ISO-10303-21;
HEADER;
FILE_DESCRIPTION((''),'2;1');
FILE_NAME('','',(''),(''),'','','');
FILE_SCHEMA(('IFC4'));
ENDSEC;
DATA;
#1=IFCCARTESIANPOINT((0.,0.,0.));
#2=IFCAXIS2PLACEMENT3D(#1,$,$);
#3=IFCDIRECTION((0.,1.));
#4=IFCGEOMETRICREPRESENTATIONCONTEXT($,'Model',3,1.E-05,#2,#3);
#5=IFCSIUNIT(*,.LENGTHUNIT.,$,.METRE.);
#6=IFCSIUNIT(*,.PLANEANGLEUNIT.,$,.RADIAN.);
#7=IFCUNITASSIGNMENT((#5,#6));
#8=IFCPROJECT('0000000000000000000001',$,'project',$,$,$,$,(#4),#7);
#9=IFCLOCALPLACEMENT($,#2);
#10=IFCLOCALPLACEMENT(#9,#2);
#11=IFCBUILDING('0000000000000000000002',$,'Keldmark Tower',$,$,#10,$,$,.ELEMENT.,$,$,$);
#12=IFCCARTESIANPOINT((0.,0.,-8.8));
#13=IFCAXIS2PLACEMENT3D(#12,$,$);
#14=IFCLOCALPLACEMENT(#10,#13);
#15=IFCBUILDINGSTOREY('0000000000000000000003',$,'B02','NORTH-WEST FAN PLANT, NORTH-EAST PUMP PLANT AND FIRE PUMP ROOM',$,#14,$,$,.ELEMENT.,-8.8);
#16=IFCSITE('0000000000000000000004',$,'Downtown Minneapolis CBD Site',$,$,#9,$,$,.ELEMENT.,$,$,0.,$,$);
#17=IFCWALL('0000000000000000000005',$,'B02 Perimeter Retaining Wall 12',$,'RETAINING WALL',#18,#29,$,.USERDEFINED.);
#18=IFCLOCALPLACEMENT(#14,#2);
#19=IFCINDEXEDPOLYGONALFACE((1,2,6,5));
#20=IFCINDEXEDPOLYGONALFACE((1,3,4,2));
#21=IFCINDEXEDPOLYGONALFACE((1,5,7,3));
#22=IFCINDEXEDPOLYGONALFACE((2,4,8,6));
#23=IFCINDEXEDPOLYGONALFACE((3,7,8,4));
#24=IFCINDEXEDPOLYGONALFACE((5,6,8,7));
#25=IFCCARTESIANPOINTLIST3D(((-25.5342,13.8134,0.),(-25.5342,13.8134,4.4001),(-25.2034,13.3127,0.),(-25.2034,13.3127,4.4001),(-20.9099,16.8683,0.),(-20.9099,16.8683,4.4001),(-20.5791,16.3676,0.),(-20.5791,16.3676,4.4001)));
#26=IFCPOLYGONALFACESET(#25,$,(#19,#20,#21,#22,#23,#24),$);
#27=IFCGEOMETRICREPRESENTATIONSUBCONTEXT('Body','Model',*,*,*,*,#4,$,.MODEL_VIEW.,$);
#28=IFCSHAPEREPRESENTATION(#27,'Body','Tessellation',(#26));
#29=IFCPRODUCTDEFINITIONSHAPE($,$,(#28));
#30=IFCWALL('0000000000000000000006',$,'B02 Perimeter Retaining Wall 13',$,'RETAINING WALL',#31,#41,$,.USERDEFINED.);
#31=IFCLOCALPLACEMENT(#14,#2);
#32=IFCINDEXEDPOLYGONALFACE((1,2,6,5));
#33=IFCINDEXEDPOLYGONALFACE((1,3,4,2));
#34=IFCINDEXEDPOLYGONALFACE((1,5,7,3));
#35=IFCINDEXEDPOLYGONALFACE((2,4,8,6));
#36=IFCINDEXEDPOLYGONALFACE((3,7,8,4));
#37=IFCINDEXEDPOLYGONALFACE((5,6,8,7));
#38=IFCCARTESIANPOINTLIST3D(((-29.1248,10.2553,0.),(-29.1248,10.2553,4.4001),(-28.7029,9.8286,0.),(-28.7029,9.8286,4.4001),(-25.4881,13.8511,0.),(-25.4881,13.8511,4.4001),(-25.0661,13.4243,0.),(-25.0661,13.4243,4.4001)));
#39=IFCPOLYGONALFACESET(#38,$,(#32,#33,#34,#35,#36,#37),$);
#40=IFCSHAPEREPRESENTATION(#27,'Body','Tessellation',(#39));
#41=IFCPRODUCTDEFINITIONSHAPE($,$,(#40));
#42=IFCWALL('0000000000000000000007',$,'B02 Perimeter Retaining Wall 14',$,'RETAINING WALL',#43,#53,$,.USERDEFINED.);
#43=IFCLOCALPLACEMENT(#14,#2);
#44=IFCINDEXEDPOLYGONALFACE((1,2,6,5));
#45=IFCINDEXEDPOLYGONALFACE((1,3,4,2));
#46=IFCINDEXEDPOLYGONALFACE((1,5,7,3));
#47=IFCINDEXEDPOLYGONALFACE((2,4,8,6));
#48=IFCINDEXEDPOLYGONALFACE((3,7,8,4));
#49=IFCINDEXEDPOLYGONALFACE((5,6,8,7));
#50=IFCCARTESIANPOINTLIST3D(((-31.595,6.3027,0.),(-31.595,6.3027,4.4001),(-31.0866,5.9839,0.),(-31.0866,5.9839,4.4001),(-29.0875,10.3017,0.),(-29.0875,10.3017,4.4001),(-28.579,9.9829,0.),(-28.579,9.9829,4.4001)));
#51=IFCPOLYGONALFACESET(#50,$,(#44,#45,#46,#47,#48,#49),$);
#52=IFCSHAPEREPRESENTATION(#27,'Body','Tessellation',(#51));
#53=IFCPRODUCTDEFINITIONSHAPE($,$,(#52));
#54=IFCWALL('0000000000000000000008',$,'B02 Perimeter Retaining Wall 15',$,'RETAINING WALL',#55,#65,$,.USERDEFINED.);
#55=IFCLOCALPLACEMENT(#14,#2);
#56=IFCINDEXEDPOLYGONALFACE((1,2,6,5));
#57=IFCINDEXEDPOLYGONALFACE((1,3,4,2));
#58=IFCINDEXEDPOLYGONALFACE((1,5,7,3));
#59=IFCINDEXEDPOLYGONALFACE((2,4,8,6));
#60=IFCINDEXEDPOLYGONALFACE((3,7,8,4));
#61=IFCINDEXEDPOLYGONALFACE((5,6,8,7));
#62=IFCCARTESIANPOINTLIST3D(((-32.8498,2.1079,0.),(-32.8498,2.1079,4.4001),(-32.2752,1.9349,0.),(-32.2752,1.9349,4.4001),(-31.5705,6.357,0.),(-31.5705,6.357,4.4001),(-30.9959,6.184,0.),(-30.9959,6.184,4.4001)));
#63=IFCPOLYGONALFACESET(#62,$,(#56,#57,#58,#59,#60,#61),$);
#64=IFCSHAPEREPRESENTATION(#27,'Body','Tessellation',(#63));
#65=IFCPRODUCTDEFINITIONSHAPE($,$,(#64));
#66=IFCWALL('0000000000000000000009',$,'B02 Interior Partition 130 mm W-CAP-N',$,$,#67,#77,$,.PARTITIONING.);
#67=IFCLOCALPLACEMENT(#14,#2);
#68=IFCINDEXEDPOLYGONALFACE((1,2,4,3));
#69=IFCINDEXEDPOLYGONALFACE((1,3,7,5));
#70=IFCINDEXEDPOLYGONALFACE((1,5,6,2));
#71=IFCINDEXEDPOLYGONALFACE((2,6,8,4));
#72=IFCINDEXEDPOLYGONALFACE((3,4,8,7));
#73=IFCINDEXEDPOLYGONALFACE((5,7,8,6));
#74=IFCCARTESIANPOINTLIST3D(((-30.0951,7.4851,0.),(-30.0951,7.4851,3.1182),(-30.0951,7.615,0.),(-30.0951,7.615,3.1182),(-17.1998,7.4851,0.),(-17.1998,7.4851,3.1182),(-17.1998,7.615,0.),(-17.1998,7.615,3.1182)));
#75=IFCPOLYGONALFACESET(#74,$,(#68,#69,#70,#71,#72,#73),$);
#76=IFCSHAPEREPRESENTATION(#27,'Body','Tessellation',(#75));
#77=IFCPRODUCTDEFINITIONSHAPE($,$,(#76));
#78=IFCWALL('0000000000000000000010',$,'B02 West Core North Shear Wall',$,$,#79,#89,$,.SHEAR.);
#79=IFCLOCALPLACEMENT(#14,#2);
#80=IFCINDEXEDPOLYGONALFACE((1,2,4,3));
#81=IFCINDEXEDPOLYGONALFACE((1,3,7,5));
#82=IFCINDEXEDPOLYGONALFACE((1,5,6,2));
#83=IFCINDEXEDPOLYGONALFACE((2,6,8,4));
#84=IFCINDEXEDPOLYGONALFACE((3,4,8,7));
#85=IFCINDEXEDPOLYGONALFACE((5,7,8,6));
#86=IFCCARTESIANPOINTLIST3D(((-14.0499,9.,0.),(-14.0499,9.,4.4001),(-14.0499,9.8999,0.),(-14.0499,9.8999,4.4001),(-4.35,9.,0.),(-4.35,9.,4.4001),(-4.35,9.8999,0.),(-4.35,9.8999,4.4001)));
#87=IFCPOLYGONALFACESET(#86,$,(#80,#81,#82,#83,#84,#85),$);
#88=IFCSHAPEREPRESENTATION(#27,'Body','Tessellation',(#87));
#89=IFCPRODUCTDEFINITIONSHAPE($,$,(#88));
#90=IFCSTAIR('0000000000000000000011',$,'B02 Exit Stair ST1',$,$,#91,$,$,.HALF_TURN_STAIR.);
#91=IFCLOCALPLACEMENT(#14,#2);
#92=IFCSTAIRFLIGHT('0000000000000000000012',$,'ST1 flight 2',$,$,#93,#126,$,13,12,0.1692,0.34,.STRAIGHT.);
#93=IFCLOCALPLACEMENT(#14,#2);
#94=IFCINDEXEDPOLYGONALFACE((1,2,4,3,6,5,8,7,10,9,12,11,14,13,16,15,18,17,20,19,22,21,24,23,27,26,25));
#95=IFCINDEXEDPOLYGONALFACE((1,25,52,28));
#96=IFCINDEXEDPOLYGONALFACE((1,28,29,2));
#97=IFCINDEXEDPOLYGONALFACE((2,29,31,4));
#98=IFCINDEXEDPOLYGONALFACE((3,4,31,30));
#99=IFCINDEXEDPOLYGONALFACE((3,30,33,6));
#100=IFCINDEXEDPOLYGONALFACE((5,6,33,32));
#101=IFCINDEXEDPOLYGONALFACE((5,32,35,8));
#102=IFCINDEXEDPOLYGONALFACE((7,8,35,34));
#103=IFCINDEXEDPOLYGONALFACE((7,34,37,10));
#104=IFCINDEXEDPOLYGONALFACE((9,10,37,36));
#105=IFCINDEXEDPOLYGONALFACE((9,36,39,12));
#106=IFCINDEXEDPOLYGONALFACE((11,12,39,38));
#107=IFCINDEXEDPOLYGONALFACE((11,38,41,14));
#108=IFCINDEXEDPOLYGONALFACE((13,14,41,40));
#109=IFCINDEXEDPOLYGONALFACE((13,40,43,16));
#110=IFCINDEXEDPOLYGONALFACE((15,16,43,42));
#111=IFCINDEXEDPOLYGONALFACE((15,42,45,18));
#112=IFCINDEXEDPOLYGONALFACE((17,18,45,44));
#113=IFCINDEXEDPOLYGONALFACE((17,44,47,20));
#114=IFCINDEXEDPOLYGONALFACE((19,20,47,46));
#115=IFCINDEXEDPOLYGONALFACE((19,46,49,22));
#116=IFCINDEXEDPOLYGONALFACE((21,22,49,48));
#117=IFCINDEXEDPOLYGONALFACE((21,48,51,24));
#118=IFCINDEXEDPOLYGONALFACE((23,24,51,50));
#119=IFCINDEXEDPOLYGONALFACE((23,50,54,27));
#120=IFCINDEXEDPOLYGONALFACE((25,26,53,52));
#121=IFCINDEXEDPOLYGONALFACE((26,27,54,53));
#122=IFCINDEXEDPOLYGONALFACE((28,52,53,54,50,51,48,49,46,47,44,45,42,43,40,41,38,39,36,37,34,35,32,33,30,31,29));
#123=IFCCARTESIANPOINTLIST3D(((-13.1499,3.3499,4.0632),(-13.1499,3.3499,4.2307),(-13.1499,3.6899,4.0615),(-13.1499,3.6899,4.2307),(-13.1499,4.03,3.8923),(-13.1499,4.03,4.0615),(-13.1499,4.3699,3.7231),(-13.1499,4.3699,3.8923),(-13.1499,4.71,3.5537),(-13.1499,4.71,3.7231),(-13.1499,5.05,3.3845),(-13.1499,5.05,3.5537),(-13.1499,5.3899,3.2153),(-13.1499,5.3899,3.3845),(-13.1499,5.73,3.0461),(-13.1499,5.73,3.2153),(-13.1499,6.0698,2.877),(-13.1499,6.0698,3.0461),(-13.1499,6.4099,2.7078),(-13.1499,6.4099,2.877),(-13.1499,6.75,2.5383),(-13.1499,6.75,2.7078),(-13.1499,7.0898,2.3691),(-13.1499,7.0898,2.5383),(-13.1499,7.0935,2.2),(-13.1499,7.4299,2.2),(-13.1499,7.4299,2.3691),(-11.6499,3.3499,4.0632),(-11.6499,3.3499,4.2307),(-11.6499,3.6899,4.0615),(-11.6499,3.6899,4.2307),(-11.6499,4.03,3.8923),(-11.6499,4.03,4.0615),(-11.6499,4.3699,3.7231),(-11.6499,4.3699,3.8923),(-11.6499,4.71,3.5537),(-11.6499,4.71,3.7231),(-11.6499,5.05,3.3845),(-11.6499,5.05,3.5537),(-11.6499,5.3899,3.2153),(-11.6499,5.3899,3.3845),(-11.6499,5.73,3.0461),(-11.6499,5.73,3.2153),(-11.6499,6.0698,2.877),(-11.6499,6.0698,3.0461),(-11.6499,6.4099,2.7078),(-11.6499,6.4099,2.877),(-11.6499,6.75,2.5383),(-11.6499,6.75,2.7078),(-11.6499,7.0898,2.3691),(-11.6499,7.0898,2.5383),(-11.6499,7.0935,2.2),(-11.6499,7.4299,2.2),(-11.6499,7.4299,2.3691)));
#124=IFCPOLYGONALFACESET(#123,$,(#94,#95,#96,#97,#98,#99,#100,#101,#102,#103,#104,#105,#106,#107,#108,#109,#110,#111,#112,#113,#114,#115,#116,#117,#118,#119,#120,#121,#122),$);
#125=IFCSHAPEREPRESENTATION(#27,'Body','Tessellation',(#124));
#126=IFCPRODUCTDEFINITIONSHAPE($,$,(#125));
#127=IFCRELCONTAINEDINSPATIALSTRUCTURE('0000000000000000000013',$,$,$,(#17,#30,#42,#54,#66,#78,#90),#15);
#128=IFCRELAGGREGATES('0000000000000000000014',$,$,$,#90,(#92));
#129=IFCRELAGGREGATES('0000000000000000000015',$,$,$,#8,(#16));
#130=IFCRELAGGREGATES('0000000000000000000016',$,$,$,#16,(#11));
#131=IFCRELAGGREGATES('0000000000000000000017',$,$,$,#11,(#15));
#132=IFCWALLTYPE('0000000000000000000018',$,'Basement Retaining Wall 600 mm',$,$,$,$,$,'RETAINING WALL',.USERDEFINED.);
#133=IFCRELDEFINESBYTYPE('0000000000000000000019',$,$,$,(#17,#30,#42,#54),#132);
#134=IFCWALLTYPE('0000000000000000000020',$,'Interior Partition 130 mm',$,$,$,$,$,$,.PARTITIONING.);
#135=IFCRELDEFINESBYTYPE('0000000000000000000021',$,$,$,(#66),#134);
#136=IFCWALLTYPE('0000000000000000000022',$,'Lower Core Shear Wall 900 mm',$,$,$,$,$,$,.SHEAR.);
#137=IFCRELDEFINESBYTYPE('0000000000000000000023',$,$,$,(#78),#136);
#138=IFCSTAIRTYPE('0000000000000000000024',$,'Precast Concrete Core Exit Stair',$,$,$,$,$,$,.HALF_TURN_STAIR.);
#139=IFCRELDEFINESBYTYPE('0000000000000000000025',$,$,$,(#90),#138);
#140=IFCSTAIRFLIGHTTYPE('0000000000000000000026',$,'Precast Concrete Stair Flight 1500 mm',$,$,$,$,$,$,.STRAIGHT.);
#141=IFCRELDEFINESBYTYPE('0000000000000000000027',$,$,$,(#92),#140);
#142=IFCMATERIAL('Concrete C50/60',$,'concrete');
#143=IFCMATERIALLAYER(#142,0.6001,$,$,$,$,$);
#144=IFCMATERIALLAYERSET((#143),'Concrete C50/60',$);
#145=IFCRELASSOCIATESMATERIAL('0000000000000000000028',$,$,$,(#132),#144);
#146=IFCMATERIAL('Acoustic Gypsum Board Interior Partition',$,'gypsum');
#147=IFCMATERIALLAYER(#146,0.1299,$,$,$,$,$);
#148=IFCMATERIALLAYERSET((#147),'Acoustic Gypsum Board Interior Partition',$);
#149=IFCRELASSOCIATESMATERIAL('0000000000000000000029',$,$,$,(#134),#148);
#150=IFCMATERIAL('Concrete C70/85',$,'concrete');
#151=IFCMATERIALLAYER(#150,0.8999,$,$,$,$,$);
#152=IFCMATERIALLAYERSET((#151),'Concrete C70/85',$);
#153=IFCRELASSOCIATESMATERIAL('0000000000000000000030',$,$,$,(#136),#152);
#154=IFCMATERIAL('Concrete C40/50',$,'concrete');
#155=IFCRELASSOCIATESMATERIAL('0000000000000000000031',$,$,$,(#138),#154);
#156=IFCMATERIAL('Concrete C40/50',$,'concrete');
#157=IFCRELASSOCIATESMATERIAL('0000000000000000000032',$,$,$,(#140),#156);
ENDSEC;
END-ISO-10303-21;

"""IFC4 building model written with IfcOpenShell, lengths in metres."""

from ifc_helpers import new_model, si_unit, direction, frame, frame_2d, origin, place, context, subcontext, project, spatial, polyline, rectangle, outline, extrude, material, layer, layer_set, type_object, element, aggregate, save


model = new_model("IFC4")

# Units and contexts
model_context = context("Model", 3, precision=1e-05, world=origin(), true_north=direction((0.0, 1.0)))
body_context = subcontext(model_context, "Body", "Model", "MODEL_VIEW")
ifc_project = project(units=[si_unit("LENGTHUNIT", "METRE"), si_unit("PLANEANGLEUNIT", "RADIAN")], contexts=[model_context])

# Site, building, storey
site_placement = place(None, origin())
site = spatial("IfcSite", under=ifc_project, at=site_placement, Name="Downtown Minneapolis CBD Site", CompositionType="ELEMENT", RefElevation=0.0)
building_placement = place(site_placement, origin())
building = spatial("IfcBuilding", under=site, at=building_placement, Name="Keldmark Tower", CompositionType="ELEMENT")
storey_placement = place(building_placement, frame((0.0, 0.0, -8.8)))
storey = spatial("IfcBuildingStorey", under=building, at=storey_placement, Name="B02", Description="NORTH-WEST FAN PLANT, NORTH-EAST PUMP PLANT AND FIRE PUMP ROOM", CompositionType="ELEMENT", Elevation=-8.8)

# Walls
ifc_material_1 = material(Name="Concrete C50/60", Category="concrete")
ifc_layer_1 = layer(ifc_material_1, 0.6001)
ifc_layer_set_1 = layer_set([ifc_layer_1], Name="Concrete C50/60")
wall_type_1 = type_object("IfcWallType", Name="Basement Retaining Wall 600 mm", ElementType="RETAINING WALL", PredefinedType="USERDEFINED", material=ifc_layer_set_1)
wall_1_placement = place(storey_placement, frame((-20.7446, 16.6179, 0.0), z_axis=(0.0, 0.0, 1.0), x_axis=(-0.834368, -0.551209, 0.0)))
element("IfcWall", 1, at=wall_1_placement, inside=storey, type_object=wall_type_1, Name="B02 Perimeter Retaining Wall 12", ObjectType="RETAINING WALL", PredefinedType="USERDEFINED", context=body_context, shape_type="SweptSolid", body=[
    extrude(rectangle(XDim=5.5422, YDim=0.6001, at=frame_2d((2.771, 0.0))), origin(), (0.0, 0.0, 1.0), 4.4001),
])
wall_2_placement = place(storey_placement, frame((-25.2771, 13.6377, 0.0), z_axis=(0.0, 0.0, 1.0), x_axis=(-0.711105, -0.703085, 0.0)))
element("IfcWall", 2, at=wall_2_placement, inside=storey, type_object=wall_type_1, Name="B02 Perimeter Retaining Wall 13", ObjectType="RETAINING WALL", PredefinedType="USERDEFINED", context=body_context, shape_type="SweptSolid", body=[
    extrude(rectangle(XDim=5.1143, YDim=0.6001, at=frame_2d((2.5571, 0.0))), origin(), (0.0, 0.0, 1.0), 4.4001),
])
wall_3_placement = place(storey_placement, frame((-28.8333, 10.1423, 0.0), z_axis=(0.0, 0.0, 1.0), x_axis=(-0.531244, -0.847219, 0.0)))
element("IfcWall", 3, at=wall_3_placement, inside=storey, type_object=wall_type_1, Name="B02 Perimeter Retaining Wall 14", ObjectType="RETAINING WALL", PredefinedType="USERDEFINED", context=body_context, shape_type="SweptSolid", body=[
    extrude(rectangle(XDim=4.7202, YDim=0.6001, at=frame_2d((2.3601, 0.0))), origin(), (0.0, 0.0, 1.0), 4.4001),
])
wall_4_placement = place(storey_placement, frame((-31.2832, 6.2705, 0.0), z_axis=(0.0, 0.0, 1.0), x_axis=(-0.288297, -0.957541, 0.0)))
element("IfcWall", 4, at=wall_4_placement, inside=storey, type_object=wall_type_1, Name="B02 Perimeter Retaining Wall 15", ObjectType="RETAINING WALL", PredefinedType="USERDEFINED", context=body_context, shape_type="SweptSolid", body=[
    extrude(rectangle(XDim=4.4375, YDim=0.6001, at=frame_2d((2.2188, 0.0))), origin(), (0.0, 0.0, 1.0), 4.4001),
])
ifc_material_2 = material(Name="Acoustic Gypsum Board Interior Partition", Category="gypsum")
ifc_layer_2 = layer(ifc_material_2, 0.1299)
ifc_layer_set_2 = layer_set([ifc_layer_2], Name="Acoustic Gypsum Board Interior Partition")
wall_type_2 = type_object("IfcWallType", Name="Interior Partition 130 mm", PredefinedType="PARTITIONING", material=ifc_layer_set_2)
wall_5_placement = place(storey_placement, frame((-30.0952, 7.55, 0.0), z_axis=(0.0, 0.0, 1.0), x_axis=(1.0, 0.0, 0.0)))
element("IfcWall", 5, at=wall_5_placement, inside=storey, type_object=wall_type_2, Name="B02 Interior Partition 130 mm W-CAP-N", PredefinedType="PARTITIONING", context=body_context, shape_type="SweptSolid", body=[
    extrude(rectangle(XDim=12.8953, YDim=0.1299, at=frame_2d((6.4478, 0.0))), origin(), (0.0, 0.0, 1.0), 3.1182),
])
ifc_material_3 = material(Name="Concrete C70/85", Category="concrete")
ifc_layer_3 = layer(ifc_material_3, 0.8999)
ifc_layer_set_3 = layer_set([ifc_layer_3], Name="Concrete C70/85")
wall_type_3 = type_object("IfcWallType", Name="Lower Core Shear Wall 900 mm", PredefinedType="SHEAR", material=ifc_layer_set_3)
wall_6_placement = place(storey_placement, frame((-14.05, 9.45, 0.0), z_axis=(0.0, 0.0, 1.0), x_axis=(1.0, 0.0, 0.0)))
element("IfcWall", 6, at=wall_6_placement, inside=storey, type_object=wall_type_3, Name="B02 West Core North Shear Wall", PredefinedType="SHEAR", context=body_context, shape_type="SweptSolid", body=[
    extrude(rectangle(XDim=9.7, YDim=0.8999, at=frame_2d((4.8501, 0.0))), origin(), (0.0, 0.0, 1.0), 4.4001),
])

# Stair, stair flight
ifc_material_4 = material(Name="Concrete C40/50", Category="concrete")
stair_type = type_object("IfcStairType", Name="Precast Concrete Core Exit Stair", PredefinedType="HALF_TURN_STAIR", material=ifc_material_4)
stair_placement = place(storey_placement, origin())
stair = element("IfcStair", 7, at=stair_placement, inside=storey, type_object=stair_type, Name="B02 Exit Stair ST1", PredefinedType="HALF_TURN_STAIR")
ifc_material_5 = material(Name="Concrete C40/50", Category="concrete")
stair_flight_type = type_object("IfcStairFlightType", Name="Precast Concrete Stair Flight 1500 mm", PredefinedType="STRAIGHT", material=ifc_material_5)
stair_flight_placement = place(storey_placement, frame((-12.3999, 7.4299, 2.2), z_axis=(0.0, 0.0, 1.0), x_axis=(0.0, -1.0, 0.0)))
stair_flight = element("IfcStairFlight", 8, at=stair_flight_placement, type_object=stair_flight_type, Name="ST1 flight 2", NumberOfRisers=13, NumberOfTreads=12, PredefinedType="STRAIGHT", RiserHeight=0.1692, TreadLength=0.34, context=body_context, shape_type="SweptSolid", body=[
    extrude(outline(polyline([(0.0, 0.0), (0.0, 0.1692), (0.3401, 0.1692), (0.3401, 0.3384), (0.6799, 0.3384), (0.6799, 0.5078), (1.02, 0.5078), (1.02, 0.677), (1.3601, 0.677), (1.3601, 0.8462), (1.7, 0.8462), (1.7, 1.0154), (2.04, 1.0154), (2.04, 1.1846), (2.3799, 1.1846), (2.3799, 1.3538), (2.72, 1.3538), (2.72, 1.5232), (3.0601, 1.5232), (3.0601, 1.6924), (3.3999, 1.6924), (3.3999, 1.8616), (3.74, 1.8616), (3.74, 2.0308), (4.0801, 2.0308), (4.0801, 2.2), (4.0801, 1.8633), (0.3364, 0.0), (0.0, 0.0)])), frame((0.0, 0.75, 0.0), z_axis=(0.0, -1.0, 0.0), x_axis=(1.0, 0.0, 0.0)), (0.0, 0.0, 1.0), 1.5),
])
aggregate(stair, [stair_flight])

save(model, "model.ifc")
